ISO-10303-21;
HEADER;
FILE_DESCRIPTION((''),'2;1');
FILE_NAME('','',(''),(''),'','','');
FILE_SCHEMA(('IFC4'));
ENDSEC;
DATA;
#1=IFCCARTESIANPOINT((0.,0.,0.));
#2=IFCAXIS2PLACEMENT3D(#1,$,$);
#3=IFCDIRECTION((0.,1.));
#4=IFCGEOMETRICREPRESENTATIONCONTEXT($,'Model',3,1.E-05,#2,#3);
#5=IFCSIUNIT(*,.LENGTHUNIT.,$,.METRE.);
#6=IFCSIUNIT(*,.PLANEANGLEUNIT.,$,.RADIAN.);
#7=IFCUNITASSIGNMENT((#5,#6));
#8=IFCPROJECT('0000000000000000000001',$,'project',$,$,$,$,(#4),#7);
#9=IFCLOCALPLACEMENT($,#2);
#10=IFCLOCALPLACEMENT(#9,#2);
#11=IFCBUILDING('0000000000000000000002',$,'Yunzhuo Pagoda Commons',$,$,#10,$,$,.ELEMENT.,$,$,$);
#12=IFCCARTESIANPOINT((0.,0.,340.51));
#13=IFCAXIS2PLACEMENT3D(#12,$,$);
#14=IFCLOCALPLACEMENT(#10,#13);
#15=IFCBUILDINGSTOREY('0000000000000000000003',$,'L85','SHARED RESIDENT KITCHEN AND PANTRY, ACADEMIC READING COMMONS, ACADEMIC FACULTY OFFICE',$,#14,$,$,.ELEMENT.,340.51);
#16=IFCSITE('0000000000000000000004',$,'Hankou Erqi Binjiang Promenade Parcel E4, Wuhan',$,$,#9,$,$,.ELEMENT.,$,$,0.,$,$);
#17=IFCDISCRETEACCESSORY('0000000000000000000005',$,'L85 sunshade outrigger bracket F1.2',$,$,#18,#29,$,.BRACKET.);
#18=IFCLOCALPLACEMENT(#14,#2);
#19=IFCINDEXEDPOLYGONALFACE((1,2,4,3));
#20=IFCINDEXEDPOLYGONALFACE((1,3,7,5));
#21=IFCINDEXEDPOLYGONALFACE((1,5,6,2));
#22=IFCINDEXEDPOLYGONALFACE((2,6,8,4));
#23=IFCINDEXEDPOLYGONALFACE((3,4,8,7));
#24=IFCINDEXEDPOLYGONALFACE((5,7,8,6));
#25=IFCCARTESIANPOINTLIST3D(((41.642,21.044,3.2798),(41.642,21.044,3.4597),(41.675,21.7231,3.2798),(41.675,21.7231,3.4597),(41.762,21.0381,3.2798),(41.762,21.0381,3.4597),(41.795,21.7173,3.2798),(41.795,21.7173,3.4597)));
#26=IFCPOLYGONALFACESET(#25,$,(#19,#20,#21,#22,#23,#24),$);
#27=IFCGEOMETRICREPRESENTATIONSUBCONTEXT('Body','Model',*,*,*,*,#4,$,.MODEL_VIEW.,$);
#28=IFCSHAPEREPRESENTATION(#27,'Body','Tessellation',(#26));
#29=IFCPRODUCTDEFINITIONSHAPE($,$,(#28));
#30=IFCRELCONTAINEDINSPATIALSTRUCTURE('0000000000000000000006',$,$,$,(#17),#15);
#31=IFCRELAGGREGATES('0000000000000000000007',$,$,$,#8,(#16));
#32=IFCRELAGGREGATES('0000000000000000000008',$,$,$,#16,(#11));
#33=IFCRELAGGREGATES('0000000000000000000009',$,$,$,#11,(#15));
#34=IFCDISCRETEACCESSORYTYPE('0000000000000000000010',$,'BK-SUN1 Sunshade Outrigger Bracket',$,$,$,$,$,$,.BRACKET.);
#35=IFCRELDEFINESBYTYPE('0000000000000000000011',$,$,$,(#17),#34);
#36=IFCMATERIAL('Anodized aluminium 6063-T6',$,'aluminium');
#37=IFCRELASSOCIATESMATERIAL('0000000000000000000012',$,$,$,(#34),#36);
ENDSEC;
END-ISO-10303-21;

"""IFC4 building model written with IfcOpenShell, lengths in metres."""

from ifc_helpers import new_model, si_unit, direction, frame, origin, origin_2d, place, context, subcontext, project, spatial, rectangle, extrude, source, transform, mapped, material, type_object, element, save


model = new_model("IFC4")

# Units and contexts
model_context = context("Model", 3, precision=1e-05, world=origin(), true_north=direction((0.0, 1.0)))
body_context = subcontext(model_context, "Body", "Model", "MODEL_VIEW")
ifc_project = project(units=[si_unit("LENGTHUNIT", "METRE"), si_unit("PLANEANGLEUNIT", "RADIAN")], contexts=[model_context])

# Site, building, storey
site_placement = place(None, origin())
site = spatial("IfcSite", under=ifc_project, at=site_placement, Name="Hankou Erqi Binjiang Promenade Parcel E4, Wuhan", CompositionType="ELEMENT", RefElevation=0.0)
building_placement = place(site_placement, origin())
building = spatial("IfcBuilding", under=site, at=building_placement, Name="Yunzhuo Pagoda Commons", CompositionType="ELEMENT")
storey_placement = place(building_placement, frame((0.0, 0.0, 340.51)))
storey = spatial("IfcBuildingStorey", under=building, at=storey_placement, Name="L85", Description="SHARED RESIDENT KITCHEN AND PANTRY, ACADEMIC READING COMMONS, ACADEMIC FACULTY OFFICE", CompositionType="ELEMENT", Elevation=340.51)

# Shared definitions
ifc_material_1 = material(Name="Anodized aluminium 6063-T6", Category="aluminium")

# Discrete accessory
discrete_accessory_type = type_object("IfcDiscreteAccessoryType", Name="BK-SUN1 Sunshade Outrigger Bracket", PredefinedType="BRACKET", material=ifc_material_1)
shared_shape_1 = source(origin(), body_context, "Body", "SweptSolid", [
    extrude(rectangle(XDim=0.1201, YDim=0.6799, at=origin_2d()), origin(), (0.0, 0.0, 1.0), 0.1799),
])
discrete_accessory_placement = place(storey_placement, frame((41.7185, 21.3806, 3.2798), z_axis=(0.0, 0.0, 1.0), x_axis=(0.998818, -0.048606, 0.0)))
element("IfcDiscreteAccessory", 1, at=discrete_accessory_placement, inside=storey, type_object=discrete_accessory_type, Name="L85 sunshade outrigger bracket F1.2", PredefinedType="BRACKET", context=body_context, shape_type="MappedRepresentation", body=[
    mapped(shared_shape_1, transform((0.0, 0.0, 0.0), scale=1.0)),
])

save(model, "model.ifc")
